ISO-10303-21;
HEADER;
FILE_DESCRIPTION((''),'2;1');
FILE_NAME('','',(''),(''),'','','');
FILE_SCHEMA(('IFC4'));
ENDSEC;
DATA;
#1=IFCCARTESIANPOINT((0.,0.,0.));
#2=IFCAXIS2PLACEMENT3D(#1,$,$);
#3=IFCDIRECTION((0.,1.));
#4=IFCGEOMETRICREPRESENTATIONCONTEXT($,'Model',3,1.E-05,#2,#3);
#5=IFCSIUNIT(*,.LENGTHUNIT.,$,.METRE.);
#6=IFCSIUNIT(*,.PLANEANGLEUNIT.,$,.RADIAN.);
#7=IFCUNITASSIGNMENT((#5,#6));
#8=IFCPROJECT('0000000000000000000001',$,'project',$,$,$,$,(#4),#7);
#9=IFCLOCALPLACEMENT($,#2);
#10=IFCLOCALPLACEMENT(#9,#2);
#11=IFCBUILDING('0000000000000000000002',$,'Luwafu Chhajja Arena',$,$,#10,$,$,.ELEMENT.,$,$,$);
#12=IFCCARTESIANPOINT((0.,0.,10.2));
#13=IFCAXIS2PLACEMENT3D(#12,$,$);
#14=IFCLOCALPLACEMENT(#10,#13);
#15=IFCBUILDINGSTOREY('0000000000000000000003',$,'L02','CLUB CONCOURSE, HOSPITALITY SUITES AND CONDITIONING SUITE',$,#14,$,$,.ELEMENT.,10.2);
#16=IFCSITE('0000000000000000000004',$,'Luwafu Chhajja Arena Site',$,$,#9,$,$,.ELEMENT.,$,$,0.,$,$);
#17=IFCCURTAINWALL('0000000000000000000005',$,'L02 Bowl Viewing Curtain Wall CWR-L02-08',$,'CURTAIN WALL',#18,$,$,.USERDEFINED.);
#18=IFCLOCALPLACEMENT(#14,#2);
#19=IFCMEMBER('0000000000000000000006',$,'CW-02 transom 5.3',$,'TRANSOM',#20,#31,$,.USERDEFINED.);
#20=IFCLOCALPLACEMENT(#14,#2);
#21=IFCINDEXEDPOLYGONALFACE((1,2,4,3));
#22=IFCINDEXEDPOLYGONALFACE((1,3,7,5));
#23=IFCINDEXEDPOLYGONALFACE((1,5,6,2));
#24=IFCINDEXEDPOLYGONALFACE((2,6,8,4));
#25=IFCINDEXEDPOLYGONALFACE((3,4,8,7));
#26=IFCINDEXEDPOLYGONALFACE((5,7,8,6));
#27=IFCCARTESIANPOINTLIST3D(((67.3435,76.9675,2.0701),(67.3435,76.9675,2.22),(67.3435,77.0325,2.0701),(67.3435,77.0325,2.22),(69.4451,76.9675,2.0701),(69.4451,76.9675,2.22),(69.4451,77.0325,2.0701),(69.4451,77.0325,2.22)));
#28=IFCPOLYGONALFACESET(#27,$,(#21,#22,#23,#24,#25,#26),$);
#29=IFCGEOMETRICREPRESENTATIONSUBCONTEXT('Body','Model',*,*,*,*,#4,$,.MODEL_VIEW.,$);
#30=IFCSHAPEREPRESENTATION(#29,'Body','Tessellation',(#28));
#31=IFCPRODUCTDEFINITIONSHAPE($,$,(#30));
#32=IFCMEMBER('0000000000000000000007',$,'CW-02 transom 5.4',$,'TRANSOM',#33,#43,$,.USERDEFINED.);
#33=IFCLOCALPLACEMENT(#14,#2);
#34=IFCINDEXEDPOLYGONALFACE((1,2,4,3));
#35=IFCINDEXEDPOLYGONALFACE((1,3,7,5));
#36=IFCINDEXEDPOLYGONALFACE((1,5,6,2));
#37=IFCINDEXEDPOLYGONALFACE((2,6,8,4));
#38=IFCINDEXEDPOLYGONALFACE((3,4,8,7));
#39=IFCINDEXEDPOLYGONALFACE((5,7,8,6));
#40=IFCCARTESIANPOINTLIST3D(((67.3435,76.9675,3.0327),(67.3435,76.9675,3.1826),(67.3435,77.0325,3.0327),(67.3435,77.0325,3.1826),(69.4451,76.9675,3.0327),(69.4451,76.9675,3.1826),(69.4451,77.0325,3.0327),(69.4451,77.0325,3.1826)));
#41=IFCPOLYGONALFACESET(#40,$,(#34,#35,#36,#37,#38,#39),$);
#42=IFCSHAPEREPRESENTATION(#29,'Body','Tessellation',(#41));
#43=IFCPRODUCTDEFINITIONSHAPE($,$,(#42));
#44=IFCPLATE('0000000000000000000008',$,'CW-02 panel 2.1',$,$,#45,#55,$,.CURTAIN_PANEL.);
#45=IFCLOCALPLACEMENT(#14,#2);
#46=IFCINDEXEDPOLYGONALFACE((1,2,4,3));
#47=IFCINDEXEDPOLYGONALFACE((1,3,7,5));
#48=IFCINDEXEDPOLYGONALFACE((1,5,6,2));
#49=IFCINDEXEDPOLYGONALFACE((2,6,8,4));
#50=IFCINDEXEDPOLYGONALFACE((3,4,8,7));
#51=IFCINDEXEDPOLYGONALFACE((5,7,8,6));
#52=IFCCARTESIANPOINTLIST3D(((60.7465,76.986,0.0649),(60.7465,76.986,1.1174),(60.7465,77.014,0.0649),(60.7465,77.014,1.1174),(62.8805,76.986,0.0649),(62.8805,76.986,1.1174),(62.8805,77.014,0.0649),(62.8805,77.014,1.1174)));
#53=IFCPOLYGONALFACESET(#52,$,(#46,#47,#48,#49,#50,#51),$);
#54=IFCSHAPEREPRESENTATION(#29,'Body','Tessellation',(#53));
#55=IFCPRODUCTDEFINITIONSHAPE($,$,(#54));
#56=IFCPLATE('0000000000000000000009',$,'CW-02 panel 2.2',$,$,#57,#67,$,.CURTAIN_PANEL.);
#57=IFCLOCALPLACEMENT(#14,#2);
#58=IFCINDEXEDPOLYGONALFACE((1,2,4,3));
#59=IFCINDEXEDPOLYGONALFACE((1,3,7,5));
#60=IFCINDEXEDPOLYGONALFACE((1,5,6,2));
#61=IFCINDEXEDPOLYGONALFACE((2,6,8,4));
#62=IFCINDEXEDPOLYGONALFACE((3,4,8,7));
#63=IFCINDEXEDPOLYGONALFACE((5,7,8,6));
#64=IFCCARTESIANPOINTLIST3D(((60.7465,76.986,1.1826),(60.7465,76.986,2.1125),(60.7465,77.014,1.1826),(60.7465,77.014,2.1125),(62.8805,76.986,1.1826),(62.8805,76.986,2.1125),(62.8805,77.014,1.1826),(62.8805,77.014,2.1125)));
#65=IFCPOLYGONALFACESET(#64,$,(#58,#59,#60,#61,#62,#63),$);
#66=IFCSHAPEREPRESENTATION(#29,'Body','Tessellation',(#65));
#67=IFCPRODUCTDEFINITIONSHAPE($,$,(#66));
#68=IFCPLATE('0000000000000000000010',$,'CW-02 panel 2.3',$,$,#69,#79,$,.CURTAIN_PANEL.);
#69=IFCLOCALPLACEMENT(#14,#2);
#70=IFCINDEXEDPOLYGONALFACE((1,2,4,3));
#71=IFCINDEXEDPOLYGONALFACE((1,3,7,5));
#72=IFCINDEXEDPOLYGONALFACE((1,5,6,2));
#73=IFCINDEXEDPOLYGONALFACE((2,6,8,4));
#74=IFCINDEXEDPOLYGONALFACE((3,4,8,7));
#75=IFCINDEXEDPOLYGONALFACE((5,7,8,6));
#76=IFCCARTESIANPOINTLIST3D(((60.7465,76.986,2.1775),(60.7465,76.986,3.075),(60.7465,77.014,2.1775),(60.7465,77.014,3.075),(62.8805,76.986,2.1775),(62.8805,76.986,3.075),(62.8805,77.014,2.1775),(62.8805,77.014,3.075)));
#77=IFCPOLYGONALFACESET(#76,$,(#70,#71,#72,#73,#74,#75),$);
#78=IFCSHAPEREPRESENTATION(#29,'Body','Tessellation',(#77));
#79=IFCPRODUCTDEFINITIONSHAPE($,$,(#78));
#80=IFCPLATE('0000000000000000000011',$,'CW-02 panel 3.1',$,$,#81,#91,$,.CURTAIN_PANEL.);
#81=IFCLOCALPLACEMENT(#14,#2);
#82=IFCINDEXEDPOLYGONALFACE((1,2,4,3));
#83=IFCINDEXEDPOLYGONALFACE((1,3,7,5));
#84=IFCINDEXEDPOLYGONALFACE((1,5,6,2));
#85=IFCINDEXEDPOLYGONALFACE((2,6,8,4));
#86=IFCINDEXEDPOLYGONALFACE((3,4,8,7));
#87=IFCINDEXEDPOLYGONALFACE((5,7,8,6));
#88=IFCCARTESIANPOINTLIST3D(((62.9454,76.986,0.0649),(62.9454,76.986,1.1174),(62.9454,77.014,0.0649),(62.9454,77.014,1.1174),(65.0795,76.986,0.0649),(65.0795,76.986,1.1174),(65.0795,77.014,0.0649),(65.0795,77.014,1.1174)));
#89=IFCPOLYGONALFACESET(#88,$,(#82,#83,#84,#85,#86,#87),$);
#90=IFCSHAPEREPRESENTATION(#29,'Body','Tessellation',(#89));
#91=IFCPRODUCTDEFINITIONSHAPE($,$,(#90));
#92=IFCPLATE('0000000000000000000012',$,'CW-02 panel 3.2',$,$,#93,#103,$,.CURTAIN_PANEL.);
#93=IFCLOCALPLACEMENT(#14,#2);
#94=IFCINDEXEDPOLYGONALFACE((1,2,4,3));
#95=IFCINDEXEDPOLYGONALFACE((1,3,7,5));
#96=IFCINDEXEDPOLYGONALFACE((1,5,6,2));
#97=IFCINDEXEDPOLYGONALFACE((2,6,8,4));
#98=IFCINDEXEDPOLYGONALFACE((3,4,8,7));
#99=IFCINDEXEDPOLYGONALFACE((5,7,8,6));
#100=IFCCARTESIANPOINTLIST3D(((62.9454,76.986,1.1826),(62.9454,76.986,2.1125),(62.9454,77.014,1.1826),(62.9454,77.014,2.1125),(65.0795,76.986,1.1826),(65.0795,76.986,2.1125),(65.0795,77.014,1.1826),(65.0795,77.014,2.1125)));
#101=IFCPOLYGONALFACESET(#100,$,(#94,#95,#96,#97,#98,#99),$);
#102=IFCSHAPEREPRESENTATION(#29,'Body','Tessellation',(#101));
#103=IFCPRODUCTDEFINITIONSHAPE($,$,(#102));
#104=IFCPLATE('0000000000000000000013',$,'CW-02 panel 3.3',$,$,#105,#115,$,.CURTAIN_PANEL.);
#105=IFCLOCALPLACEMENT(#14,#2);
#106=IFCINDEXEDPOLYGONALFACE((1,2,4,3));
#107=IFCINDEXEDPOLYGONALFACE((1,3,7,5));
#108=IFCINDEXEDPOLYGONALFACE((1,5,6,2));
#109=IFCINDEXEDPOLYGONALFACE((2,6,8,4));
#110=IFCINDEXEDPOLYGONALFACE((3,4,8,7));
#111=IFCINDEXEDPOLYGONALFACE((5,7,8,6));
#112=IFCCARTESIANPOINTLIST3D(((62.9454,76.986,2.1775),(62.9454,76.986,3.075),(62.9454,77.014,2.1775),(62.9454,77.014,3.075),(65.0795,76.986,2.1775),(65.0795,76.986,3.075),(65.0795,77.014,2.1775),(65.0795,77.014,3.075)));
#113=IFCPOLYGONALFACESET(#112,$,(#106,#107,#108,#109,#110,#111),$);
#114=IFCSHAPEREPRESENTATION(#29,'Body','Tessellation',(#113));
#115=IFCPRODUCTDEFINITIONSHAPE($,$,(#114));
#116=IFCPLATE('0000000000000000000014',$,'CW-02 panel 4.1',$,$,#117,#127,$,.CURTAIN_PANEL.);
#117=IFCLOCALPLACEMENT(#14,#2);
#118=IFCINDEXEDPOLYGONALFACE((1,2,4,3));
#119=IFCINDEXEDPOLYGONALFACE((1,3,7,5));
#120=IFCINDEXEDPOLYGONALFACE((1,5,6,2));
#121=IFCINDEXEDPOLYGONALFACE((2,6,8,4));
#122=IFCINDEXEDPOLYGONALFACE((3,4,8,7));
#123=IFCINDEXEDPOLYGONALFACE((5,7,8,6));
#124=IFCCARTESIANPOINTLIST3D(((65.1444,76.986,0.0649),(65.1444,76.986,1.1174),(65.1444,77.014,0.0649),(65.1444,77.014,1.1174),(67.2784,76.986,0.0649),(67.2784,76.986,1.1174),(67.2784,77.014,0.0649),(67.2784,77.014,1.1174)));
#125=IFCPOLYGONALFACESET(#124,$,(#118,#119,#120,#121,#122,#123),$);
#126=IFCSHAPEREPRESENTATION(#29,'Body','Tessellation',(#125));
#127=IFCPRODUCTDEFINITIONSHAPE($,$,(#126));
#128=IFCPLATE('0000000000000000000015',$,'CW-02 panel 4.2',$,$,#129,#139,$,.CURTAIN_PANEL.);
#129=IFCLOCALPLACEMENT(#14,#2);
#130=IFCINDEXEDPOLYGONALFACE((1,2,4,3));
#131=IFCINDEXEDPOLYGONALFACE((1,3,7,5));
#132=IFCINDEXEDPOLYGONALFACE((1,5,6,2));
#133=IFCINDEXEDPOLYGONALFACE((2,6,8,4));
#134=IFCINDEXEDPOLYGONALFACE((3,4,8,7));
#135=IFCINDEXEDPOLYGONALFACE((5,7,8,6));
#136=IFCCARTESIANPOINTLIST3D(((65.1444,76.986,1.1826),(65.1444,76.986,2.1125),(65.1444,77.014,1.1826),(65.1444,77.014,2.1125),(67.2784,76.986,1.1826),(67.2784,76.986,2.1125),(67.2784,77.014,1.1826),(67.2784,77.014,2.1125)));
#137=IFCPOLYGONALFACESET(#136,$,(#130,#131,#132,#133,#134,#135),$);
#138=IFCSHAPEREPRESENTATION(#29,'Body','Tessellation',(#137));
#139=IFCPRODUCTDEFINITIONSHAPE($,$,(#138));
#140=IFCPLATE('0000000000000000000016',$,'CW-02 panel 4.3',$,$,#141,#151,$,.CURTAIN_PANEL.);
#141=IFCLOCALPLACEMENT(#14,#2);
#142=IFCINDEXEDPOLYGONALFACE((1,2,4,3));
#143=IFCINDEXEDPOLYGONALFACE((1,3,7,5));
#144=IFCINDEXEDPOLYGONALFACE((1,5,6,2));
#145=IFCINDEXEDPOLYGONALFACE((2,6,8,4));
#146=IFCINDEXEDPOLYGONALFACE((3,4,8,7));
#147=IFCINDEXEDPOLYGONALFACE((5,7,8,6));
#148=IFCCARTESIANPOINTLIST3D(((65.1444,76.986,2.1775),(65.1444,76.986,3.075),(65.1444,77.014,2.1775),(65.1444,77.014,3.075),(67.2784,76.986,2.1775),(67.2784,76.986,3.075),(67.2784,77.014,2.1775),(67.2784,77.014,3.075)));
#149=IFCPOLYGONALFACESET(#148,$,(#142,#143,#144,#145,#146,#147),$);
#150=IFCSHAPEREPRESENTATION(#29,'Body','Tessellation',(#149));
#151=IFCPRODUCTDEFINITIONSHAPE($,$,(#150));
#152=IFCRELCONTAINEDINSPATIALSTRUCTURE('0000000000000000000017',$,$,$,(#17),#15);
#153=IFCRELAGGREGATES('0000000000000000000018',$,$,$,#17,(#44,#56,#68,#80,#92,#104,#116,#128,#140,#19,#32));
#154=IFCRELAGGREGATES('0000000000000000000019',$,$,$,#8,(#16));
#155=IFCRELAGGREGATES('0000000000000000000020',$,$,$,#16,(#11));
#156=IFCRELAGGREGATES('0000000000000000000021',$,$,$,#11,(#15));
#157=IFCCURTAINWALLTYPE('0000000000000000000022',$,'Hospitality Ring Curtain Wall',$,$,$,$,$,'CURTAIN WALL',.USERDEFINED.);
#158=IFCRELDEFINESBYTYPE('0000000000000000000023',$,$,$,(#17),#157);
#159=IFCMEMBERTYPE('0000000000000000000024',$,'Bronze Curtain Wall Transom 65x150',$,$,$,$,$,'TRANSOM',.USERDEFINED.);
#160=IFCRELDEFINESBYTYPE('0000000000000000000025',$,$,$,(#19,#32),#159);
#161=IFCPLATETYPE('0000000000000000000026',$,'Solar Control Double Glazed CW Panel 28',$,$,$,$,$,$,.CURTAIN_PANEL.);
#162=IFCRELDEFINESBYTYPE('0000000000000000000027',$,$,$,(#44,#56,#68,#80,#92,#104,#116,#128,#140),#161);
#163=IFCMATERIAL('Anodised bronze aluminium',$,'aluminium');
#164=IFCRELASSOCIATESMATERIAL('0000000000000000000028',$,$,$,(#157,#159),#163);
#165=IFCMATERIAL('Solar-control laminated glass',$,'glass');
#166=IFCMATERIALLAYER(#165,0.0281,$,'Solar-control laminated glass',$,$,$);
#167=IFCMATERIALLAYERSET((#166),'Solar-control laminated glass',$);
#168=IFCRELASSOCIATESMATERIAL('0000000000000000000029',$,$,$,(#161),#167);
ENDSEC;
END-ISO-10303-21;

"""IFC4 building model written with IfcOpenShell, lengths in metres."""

from ifc_helpers import new_model, si_unit, direction, frame, origin, origin_2d, place, context, subcontext, project, spatial, rectangle, extrude, material, layer, layer_set, material_profile, profile_set, type_object, element, aggregate, save


model = new_model("IFC4")

# Units and contexts
model_context = context("Model", 3, precision=1e-05, world=origin(), true_north=direction((0.0, 1.0)))
body_context = subcontext(model_context, "Body", "Model", "MODEL_VIEW")
ifc_project = project(units=[si_unit("LENGTHUNIT", "METRE"), si_unit("PLANEANGLEUNIT", "RADIAN")], contexts=[model_context])

# Site, building, storey
site_placement = place(None, origin())
site = spatial("IfcSite", under=ifc_project, at=site_placement, Name="Luwafu Chhajja Arena Site", CompositionType="ELEMENT", RefElevation=0.0)
building_placement = place(site_placement, origin())
building = spatial("IfcBuilding", under=site, at=building_placement, Name="Luwafu Chhajja Arena", CompositionType="ELEMENT")
storey_placement = place(building_placement, frame((0.0, 0.0, 10.2)))
storey = spatial("IfcBuildingStorey", under=building, at=storey_placement, Name="L02", Description="CLUB CONCOURSE, HOSPITALITY SUITES AND CONDITIONING SUITE", CompositionType="ELEMENT", Elevation=10.2)

# Curtain wall, members, plates
ifc_material_1 = material(Name="Anodised bronze aluminium", Category="aluminium")
curtain_wall_type = type_object("IfcCurtainWallType", Name="Hospitality Ring Curtain Wall", ElementType="CURTAIN WALL", PredefinedType="USERDEFINED", material=ifc_material_1)
curtain_wall_placement = place(storey_placement, origin())
curtain_wall = element("IfcCurtainWall", 1, at=curtain_wall_placement, inside=storey, type_object=curtain_wall_type, Name="L02 Bowl Viewing Curtain Wall CWR-L02-08", ObjectType="CURTAIN WALL", PredefinedType="USERDEFINED")
ifc_material_profile_1 = material_profile(ifc_material_1, rectangle(XDim=0.0649, YDim=0.1499, at=origin_2d()), Name="CWT 65x150")
ifc_profile_set_1 = profile_set([ifc_material_profile_1], Name="Anodised bronze aluminium")
member_type_1 = type_object("IfcMemberType", Name="Bronze Curtain Wall Transom 65x150", ElementType="TRANSOM", PredefinedType="USERDEFINED", material=ifc_profile_set_1)
member_1_placement = place(storey_placement, frame((67.3435, 77.0, 2.145), z_axis=(1.0, 0.0, 0.0), x_axis=(0.0, 1.0, 0.0)))
member_1 = element("IfcMember", 2, at=member_1_placement, type_object=member_type_1, Name="CW-02 transom 5.3", ObjectType="TRANSOM", PredefinedType="USERDEFINED", context=body_context, shape_type="SweptSolid", body=[
    extrude(rectangle(XDim=0.0649, YDim=0.1499, at=origin_2d()), origin(), (0.0, 0.0, 1.0), 2.1016),
])
member_2_placement = place(storey_placement, frame((67.3435, 77.0, 3.1077), z_axis=(1.0, 0.0, 0.0), x_axis=(0.0, 1.0, 0.0)))
member_2 = element("IfcMember", 3, at=member_2_placement, type_object=member_type_1, Name="CW-02 transom 5.4", ObjectType="TRANSOM", PredefinedType="USERDEFINED", context=body_context, shape_type="SweptSolid", body=[
    extrude(rectangle(XDim=0.0649, YDim=0.1499, at=origin_2d()), origin(), (0.0, 0.0, 1.0), 2.1016),
])
ifc_material_2 = material(Name="Solar-control laminated glass", Category="glass")
ifc_layer = layer(ifc_material_2, 0.0281, Name="Solar-control laminated glass")
ifc_layer_set = layer_set([ifc_layer], Name="Solar-control laminated glass")
plate_type = type_object("IfcPlateType", Name="Solar Control Double Glazed CW Panel 28", PredefinedType="CURTAIN_PANEL", material=ifc_layer_set)
plate_1_placement = place(storey_placement, frame((61.8135, 77.0, 0.0649), z_axis=(0.0, 0.0, 1.0), x_axis=(1.0, 0.0, 0.0)))
plate_1 = element("IfcPlate", 4, at=plate_1_placement, type_object=plate_type, Name="CW-02 panel 2.1", PredefinedType="CURTAIN_PANEL", context=body_context, shape_type="SweptSolid", body=[
    extrude(rectangle(XDim=2.134, YDim=0.0281, at=origin_2d()), origin(), (0.0, 0.0, 1.0), 1.0525),
])
plate_2_placement = place(storey_placement, frame((61.8135, 77.0, 1.1826), z_axis=(0.0, 0.0, 1.0), x_axis=(1.0, 0.0, 0.0)))
plate_2 = element("IfcPlate", 5, at=plate_2_placement, type_object=plate_type, Name="CW-02 panel 2.2", PredefinedType="CURTAIN_PANEL", context=body_context, shape_type="SweptSolid", body=[
    extrude(rectangle(XDim=2.134, YDim=0.0281, at=origin_2d()), origin(), (0.0, 0.0, 1.0), 0.9299),
])
plate_3_placement = place(storey_placement, frame((61.8135, 77.0, 2.1775), z_axis=(0.0, 0.0, 1.0), x_axis=(1.0, 0.0, 0.0)))
plate_3 = element("IfcPlate", 6, at=plate_3_placement, type_object=plate_type, Name="CW-02 panel 2.3", PredefinedType="CURTAIN_PANEL", context=body_context, shape_type="SweptSolid", body=[
    extrude(rectangle(XDim=2.134, YDim=0.0281, at=origin_2d()), origin(), (0.0, 0.0, 1.0), 0.8975),
])
plate_4_placement = place(storey_placement, frame((64.0125, 77.0, 0.0649), z_axis=(0.0, 0.0, 1.0), x_axis=(1.0, 0.0, 0.0)))
plate_4 = element("IfcPlate", 7, at=plate_4_placement, type_object=plate_type, Name="CW-02 panel 3.1", PredefinedType="CURTAIN_PANEL", context=body_context, shape_type="SweptSolid", body=[
    extrude(rectangle(XDim=2.134, YDim=0.0281, at=origin_2d()), origin(), (0.0, 0.0, 1.0), 1.0525),
])
plate_5_placement = place(storey_placement, frame((64.0125, 77.0, 1.1826), z_axis=(0.0, 0.0, 1.0), x_axis=(1.0, 0.0, 0.0)))
plate_5 = element("IfcPlate", 8, at=plate_5_placement, type_object=plate_type, Name="CW-02 panel 3.2", PredefinedType="CURTAIN_PANEL", context=body_context, shape_type="SweptSolid", body=[
    extrude(rectangle(XDim=2.134, YDim=0.0281, at=origin_2d()), origin(), (0.0, 0.0, 1.0), 0.9299),
])
plate_6_placement = place(storey_placement, frame((64.0125, 77.0, 2.1775), z_axis=(0.0, 0.0, 1.0), x_axis=(1.0, 0.0, 0.0)))
plate_6 = element("IfcPlate", 9, at=plate_6_placement, type_object=plate_type, Name="CW-02 panel 3.3", PredefinedType="CURTAIN_PANEL", context=body_context, shape_type="SweptSolid", body=[
    extrude(rectangle(XDim=2.134, YDim=0.0281, at=origin_2d()), origin(), (0.0, 0.0, 1.0), 0.8975),
])
plate_7_placement = place(storey_placement, frame((66.2114, 77.0, 0.0649), z_axis=(0.0, 0.0, 1.0), x_axis=(1.0, 0.0, 0.0)))
plate_7 = element("IfcPlate", 10, at=plate_7_placement, type_object=plate_type, Name="CW-02 panel 4.1", PredefinedType="CURTAIN_PANEL", context=body_context, shape_type="SweptSolid", body=[
    extrude(rectangle(XDim=2.134, YDim=0.0281, at=origin_2d()), origin(), (0.0, 0.0, 1.0), 1.0525),
])
plate_8_placement = place(storey_placement, frame((66.2114, 77.0, 1.1826), z_axis=(0.0, 0.0, 1.0), x_axis=(1.0, 0.0, 0.0)))
plate_8 = element("IfcPlate", 11, at=plate_8_placement, type_object=plate_type, Name="CW-02 panel 4.2", PredefinedType="CURTAIN_PANEL", context=body_context, shape_type="SweptSolid", body=[
    extrude(rectangle(XDim=2.134, YDim=0.0281, at=origin_2d()), origin(), (0.0, 0.0, 1.0), 0.9299),
])
plate_9_placement = place(storey_placement, frame((66.2114, 77.0, 2.1775), z_axis=(0.0, 0.0, 1.0), x_axis=(1.0, 0.0, 0.0)))
plate_9 = element("IfcPlate", 12, at=plate_9_placement, type_object=plate_type, Name="CW-02 panel 4.3", PredefinedType="CURTAIN_PANEL", context=body_context, shape_type="SweptSolid", body=[
    extrude(rectangle(XDim=2.134, YDim=0.0281, at=origin_2d()), origin(), (0.0, 0.0, 1.0), 0.8975),
])
aggregate(curtain_wall, [plate_1, plate_2, plate_3, plate_4, plate_5, plate_6, plate_7, plate_8, plate_9, member_1, member_2])

save(model, "model.ifc")
